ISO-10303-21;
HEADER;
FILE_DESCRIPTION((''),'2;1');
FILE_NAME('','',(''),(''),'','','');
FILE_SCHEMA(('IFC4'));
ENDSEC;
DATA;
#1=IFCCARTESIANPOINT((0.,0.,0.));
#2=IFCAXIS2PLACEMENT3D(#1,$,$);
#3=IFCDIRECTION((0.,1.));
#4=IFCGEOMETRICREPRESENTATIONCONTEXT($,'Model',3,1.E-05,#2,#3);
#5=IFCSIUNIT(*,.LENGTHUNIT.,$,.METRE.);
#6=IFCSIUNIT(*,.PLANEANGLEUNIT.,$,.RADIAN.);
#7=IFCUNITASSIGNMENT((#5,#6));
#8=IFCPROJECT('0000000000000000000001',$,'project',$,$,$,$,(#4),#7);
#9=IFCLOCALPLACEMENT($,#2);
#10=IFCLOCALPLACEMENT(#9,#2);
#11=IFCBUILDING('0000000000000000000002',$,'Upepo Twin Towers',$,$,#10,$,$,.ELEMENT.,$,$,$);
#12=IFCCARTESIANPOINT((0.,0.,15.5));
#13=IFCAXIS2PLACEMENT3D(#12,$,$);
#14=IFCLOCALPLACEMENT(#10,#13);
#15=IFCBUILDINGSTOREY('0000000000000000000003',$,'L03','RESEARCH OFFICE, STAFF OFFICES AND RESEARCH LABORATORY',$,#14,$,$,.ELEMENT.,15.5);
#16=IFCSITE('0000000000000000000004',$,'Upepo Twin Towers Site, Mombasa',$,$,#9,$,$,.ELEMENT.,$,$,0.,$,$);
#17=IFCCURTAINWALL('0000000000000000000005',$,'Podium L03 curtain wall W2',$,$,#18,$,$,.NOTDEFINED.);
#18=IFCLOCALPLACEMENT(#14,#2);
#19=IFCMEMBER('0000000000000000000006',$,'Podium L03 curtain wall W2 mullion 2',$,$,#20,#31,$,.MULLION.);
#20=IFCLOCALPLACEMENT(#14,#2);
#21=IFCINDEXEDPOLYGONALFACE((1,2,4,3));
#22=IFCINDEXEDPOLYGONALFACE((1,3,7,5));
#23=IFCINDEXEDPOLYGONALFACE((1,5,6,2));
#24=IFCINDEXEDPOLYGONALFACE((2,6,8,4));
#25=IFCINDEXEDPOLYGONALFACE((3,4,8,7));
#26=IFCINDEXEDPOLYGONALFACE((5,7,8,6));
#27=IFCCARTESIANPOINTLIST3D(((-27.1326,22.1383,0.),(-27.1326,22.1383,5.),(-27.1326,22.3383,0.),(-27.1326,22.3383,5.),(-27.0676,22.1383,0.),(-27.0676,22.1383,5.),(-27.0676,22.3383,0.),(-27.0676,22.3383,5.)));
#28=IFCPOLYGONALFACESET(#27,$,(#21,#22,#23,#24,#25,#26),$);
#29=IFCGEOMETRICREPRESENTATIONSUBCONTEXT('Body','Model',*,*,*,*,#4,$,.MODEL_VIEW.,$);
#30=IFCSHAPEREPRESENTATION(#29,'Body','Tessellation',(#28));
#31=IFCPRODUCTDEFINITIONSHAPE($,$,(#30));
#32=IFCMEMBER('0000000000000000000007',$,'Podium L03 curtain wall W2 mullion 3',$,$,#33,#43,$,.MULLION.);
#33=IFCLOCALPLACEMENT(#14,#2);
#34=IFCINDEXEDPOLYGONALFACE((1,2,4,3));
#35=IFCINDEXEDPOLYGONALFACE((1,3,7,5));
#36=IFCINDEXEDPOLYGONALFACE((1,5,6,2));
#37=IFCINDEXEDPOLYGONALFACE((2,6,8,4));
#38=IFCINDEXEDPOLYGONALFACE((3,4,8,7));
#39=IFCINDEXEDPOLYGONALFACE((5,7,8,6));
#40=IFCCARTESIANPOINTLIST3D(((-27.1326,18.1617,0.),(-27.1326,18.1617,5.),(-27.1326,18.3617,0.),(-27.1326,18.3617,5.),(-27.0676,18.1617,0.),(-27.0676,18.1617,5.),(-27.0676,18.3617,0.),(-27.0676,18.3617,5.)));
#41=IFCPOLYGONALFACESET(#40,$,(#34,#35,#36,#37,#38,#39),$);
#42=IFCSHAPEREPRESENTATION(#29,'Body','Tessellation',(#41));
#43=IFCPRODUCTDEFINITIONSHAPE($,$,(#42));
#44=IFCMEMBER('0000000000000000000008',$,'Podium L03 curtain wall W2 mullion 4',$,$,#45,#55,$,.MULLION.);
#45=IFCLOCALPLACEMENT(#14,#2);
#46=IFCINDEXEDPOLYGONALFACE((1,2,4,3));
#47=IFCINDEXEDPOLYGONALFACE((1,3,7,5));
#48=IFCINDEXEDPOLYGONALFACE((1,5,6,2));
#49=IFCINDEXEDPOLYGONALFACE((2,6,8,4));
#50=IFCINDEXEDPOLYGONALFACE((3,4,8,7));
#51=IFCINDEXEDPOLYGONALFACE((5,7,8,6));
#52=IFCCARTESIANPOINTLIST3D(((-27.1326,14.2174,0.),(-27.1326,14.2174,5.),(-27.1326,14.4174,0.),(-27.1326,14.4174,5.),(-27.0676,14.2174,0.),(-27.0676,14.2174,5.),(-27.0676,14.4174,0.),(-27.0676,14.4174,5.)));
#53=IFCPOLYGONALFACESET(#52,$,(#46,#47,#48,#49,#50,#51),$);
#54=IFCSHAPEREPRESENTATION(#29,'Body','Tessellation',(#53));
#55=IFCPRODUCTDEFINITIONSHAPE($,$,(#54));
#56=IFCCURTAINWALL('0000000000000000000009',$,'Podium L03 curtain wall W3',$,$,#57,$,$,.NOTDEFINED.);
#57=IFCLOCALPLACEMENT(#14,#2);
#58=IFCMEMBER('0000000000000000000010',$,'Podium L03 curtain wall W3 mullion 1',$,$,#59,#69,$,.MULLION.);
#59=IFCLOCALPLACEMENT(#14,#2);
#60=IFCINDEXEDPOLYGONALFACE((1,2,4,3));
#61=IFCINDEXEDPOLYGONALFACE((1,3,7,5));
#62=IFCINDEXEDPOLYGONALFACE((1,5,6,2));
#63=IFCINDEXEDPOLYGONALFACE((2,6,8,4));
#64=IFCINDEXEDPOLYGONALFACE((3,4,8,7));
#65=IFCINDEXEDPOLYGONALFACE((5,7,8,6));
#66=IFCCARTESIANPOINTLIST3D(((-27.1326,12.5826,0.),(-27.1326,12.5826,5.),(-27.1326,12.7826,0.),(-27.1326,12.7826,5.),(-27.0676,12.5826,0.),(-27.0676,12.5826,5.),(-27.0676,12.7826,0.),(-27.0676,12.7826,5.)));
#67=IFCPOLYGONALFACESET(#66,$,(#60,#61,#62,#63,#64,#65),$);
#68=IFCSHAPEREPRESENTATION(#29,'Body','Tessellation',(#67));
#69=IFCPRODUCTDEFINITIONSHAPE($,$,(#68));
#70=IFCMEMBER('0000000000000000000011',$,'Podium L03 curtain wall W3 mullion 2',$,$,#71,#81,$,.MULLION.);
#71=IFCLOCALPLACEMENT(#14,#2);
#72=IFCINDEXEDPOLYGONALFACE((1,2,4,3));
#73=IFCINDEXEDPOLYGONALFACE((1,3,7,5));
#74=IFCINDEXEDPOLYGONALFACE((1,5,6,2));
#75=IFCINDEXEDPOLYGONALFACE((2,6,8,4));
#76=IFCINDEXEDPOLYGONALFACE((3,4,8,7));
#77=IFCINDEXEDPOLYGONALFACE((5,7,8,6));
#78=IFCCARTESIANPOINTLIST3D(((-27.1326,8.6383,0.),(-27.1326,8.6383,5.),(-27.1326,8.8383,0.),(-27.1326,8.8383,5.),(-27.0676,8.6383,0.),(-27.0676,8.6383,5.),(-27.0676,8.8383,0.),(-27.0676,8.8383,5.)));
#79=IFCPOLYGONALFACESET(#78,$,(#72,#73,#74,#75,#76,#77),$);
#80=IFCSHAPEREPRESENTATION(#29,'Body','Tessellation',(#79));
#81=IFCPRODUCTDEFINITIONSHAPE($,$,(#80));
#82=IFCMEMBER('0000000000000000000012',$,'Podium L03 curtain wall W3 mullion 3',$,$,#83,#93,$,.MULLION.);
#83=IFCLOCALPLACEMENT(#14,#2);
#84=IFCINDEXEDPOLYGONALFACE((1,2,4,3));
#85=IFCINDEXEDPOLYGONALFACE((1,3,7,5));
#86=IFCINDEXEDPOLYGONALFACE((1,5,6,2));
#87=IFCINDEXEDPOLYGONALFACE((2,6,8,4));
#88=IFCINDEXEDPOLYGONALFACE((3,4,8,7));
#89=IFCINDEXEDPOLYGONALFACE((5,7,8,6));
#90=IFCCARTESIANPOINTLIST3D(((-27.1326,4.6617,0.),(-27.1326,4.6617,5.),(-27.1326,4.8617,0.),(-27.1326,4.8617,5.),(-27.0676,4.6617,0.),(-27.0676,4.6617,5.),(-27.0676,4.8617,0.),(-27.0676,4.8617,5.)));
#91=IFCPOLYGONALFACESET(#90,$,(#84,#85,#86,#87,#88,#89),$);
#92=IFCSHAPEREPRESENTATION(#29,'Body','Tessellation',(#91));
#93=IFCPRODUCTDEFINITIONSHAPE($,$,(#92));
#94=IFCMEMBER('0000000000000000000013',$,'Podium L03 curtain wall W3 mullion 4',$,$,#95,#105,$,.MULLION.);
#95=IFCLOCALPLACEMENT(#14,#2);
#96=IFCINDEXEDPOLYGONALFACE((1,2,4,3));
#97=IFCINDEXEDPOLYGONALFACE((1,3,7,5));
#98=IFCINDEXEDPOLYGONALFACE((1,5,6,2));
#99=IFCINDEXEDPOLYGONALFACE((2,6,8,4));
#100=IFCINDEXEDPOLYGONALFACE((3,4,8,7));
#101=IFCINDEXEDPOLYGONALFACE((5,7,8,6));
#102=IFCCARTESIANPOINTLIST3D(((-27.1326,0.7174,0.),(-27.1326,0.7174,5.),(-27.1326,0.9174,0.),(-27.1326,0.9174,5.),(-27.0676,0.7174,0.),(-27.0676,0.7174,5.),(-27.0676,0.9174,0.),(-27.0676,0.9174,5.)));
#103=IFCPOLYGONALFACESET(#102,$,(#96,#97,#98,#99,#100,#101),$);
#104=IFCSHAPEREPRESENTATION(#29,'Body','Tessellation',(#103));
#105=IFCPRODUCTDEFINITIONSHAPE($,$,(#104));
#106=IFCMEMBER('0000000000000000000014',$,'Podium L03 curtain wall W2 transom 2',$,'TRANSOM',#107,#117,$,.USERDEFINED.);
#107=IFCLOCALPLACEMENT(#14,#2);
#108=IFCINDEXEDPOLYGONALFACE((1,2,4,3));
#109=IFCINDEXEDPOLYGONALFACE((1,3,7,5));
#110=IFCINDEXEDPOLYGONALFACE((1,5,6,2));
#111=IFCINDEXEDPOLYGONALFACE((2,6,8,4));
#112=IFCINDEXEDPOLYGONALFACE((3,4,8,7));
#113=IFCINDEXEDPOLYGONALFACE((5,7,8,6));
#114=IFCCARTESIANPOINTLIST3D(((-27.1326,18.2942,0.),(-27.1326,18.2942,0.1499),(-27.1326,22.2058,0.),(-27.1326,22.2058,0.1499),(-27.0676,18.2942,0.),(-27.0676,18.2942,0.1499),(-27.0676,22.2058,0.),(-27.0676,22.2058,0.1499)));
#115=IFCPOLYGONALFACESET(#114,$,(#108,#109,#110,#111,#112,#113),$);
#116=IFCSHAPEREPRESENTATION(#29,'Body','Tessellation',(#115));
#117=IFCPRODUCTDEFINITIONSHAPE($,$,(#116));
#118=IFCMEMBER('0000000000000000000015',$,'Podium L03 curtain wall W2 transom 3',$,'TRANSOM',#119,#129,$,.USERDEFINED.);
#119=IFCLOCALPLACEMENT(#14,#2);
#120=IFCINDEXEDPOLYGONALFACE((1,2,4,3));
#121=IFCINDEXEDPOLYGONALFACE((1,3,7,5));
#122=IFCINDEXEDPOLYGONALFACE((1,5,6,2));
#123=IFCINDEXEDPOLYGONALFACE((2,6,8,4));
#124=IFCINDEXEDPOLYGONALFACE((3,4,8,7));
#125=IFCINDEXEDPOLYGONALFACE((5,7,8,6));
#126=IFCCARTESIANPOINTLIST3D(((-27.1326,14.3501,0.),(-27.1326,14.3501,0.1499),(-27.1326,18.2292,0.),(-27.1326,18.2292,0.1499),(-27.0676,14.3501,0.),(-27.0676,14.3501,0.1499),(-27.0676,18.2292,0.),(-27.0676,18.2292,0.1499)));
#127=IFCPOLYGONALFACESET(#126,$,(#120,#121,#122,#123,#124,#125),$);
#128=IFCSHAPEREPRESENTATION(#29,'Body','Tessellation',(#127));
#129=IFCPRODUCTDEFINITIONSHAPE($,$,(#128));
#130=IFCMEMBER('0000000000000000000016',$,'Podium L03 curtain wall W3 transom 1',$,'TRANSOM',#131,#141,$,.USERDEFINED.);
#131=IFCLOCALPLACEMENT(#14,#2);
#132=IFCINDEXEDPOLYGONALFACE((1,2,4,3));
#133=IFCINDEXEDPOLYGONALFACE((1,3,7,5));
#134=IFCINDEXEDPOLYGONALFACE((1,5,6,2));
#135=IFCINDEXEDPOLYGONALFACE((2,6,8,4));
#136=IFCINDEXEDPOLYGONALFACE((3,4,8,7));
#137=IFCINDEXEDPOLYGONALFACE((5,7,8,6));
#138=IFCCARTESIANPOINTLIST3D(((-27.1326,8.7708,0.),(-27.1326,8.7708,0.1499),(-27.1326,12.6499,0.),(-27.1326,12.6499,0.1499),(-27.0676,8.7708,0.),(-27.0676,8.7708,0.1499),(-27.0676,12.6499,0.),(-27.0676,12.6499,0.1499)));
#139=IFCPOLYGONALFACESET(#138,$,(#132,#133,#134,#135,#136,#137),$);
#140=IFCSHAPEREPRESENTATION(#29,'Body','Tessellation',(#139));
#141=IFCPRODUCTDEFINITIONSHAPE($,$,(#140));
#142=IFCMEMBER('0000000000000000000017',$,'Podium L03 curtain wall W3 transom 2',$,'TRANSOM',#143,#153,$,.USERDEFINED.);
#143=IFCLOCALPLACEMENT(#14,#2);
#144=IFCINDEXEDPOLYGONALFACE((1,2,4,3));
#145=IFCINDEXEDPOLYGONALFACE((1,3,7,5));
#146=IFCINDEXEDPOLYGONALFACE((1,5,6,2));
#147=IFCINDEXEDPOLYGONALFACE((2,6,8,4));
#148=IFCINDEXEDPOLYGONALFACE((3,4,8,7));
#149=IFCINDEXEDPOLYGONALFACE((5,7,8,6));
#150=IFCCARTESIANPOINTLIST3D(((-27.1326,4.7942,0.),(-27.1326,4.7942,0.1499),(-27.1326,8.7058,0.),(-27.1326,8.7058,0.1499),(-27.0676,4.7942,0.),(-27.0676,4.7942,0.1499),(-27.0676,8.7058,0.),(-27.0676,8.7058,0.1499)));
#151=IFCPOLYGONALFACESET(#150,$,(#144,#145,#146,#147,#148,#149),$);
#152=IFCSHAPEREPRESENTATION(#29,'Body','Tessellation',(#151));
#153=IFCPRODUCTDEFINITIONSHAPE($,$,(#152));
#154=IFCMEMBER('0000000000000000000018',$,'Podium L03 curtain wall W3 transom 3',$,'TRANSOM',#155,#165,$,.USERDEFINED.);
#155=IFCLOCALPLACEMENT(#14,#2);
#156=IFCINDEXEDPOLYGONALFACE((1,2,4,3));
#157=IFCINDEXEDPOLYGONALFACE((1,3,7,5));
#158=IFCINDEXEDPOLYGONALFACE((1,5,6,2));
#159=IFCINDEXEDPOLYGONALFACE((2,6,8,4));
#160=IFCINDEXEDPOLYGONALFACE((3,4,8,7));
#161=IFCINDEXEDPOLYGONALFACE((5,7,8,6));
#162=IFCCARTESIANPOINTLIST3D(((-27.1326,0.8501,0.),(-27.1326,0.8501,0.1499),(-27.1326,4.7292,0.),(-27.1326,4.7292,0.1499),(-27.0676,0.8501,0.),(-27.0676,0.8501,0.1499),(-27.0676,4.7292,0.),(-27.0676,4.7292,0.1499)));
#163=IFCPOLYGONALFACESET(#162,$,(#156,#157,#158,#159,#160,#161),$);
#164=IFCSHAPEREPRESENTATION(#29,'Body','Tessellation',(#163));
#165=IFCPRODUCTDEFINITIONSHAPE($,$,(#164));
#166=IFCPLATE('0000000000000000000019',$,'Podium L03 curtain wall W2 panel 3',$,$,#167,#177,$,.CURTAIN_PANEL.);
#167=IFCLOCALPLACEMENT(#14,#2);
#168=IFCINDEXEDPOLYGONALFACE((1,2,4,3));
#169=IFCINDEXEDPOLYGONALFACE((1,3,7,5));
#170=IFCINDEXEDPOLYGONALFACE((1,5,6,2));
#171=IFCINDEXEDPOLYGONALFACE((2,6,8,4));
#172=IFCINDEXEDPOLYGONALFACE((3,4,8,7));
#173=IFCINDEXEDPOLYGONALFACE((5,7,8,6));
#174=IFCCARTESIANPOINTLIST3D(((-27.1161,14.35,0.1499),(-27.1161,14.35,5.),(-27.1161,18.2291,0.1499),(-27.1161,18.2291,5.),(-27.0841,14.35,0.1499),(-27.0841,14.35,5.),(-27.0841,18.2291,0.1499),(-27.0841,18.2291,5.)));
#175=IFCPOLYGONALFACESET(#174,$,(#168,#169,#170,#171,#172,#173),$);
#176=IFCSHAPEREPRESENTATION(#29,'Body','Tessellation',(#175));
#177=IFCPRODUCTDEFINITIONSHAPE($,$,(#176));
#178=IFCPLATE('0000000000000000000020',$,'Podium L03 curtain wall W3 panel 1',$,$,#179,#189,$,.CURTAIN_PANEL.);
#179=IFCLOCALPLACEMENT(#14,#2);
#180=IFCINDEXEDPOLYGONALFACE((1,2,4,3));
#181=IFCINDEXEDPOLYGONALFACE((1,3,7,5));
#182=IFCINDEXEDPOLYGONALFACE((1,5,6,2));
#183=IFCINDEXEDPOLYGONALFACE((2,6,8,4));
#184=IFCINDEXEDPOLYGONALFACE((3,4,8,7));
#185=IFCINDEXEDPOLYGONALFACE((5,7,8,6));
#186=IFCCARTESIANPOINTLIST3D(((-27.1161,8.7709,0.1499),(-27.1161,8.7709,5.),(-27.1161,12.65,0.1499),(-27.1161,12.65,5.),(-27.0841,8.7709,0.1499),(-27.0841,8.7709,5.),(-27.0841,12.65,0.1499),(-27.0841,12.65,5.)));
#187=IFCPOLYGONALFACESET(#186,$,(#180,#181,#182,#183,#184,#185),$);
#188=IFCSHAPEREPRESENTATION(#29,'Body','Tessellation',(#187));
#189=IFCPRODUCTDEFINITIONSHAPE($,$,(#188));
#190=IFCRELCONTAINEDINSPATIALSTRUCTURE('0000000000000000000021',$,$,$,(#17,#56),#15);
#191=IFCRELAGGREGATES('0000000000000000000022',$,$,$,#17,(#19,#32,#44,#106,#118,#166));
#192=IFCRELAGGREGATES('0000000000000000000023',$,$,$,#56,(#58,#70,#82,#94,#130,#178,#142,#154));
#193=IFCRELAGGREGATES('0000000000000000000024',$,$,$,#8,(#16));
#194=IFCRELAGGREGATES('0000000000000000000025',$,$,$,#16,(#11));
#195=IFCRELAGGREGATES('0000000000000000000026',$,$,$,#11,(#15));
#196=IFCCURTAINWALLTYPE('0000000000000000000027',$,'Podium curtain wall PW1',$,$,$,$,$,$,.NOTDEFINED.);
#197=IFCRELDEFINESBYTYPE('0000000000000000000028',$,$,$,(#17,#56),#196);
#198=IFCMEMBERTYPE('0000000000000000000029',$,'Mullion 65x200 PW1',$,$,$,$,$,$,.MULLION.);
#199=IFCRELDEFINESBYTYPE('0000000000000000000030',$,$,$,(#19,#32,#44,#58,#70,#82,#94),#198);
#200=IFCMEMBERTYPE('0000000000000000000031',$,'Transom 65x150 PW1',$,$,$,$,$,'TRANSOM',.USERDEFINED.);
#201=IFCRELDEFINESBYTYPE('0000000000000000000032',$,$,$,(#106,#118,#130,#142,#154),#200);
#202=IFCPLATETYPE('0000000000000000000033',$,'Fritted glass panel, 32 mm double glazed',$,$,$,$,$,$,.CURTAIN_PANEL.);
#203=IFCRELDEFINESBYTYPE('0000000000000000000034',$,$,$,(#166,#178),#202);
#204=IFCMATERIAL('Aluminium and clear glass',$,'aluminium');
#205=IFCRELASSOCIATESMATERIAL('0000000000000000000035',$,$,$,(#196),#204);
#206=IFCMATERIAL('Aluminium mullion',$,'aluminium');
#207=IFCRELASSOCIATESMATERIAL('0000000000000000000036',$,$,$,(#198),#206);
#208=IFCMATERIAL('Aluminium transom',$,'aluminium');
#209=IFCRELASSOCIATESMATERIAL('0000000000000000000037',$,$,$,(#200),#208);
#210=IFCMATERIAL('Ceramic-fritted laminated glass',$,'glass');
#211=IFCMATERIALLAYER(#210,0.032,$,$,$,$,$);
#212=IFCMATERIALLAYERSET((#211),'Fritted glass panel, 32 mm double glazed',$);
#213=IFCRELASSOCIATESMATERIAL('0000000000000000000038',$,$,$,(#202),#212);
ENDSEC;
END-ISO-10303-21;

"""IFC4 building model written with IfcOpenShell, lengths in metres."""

from ifc_helpers import new_model, si_unit, direction, frame, origin, origin_2d, place, context, subcontext, project, spatial, rectangle, extrude, material, layer, layer_set, material_profile, profile_set, type_object, element, aggregate, save


model = new_model("IFC4")

# Units and contexts
model_context = context("Model", 3, precision=1e-05, world=origin(), true_north=direction((0.0, 1.0)))
body_context = subcontext(model_context, "Body", "Model", "MODEL_VIEW")
ifc_project = project(units=[si_unit("LENGTHUNIT", "METRE"), si_unit("PLANEANGLEUNIT", "RADIAN")], contexts=[model_context])

# Site, building, storey
site_placement = place(None, origin())
site = spatial("IfcSite", under=ifc_project, at=site_placement, Name="Upepo Twin Towers Site, Mombasa", CompositionType="ELEMENT", RefElevation=0.0)
building_placement = place(site_placement, origin())
building = spatial("IfcBuilding", under=site, at=building_placement, Name="Upepo Twin Towers", CompositionType="ELEMENT")
storey_placement = place(building_placement, frame((0.0, 0.0, 15.5)))
storey = spatial("IfcBuildingStorey", under=building, at=storey_placement, Name="L03", Description="RESEARCH OFFICE, STAFF OFFICES AND RESEARCH LABORATORY", CompositionType="ELEMENT", Elevation=15.5)

# Curtain walls, members
ifc_material_1 = material(Name="Aluminium and clear glass", Category="aluminium")
curtain_wall_type = type_object("IfcCurtainWallType", Name="Podium curtain wall PW1", PredefinedType="NOTDEFINED", material=ifc_material_1)
curtain_wall_1_placement = place(storey_placement, origin())
curtain_wall_1 = element("IfcCurtainWall", 1, at=curtain_wall_1_placement, inside=storey, type_object=curtain_wall_type, Name="Podium L03 curtain wall W2", PredefinedType="NOTDEFINED")
ifc_material_2 = material(Name="Aluminium mullion", Category="aluminium")
ifc_material_profile_1 = material_profile(ifc_material_2, rectangle(XDim=0.0649, YDim=0.2, at=origin_2d()), Name="MULLION 65x200 PODIUM")
ifc_profile_set_1 = profile_set([ifc_material_profile_1], Name="Aluminium mullion")
member_type_1 = type_object("IfcMemberType", Name="Mullion 65x200 PW1", PredefinedType="MULLION", material=ifc_profile_set_1)
member_1_placement = place(storey_placement, frame((-27.1001, 22.2383, 0.0), z_axis=(0.0, 0.0, 1.0), x_axis=(1.0, 0.0, 0.0)))
member_1 = element("IfcMember", 2, at=member_1_placement, type_object=member_type_1, Name="Podium L03 curtain wall W2 mullion 2", PredefinedType="MULLION", context=body_context, shape_type="SweptSolid", body=[
    extrude(rectangle(XDim=0.0649, YDim=0.2, at=origin_2d()), origin(), (0.0, 0.0, 1.0), 5.0),
])
member_2_placement = place(storey_placement, frame((-27.1001, 18.2617, 0.0), z_axis=(0.0, 0.0, 1.0), x_axis=(1.0, 0.0, 0.0)))
member_2 = element("IfcMember", 3, at=member_2_placement, type_object=member_type_1, Name="Podium L03 curtain wall W2 mullion 3", PredefinedType="MULLION", context=body_context, shape_type="SweptSolid", body=[
    extrude(rectangle(XDim=0.0649, YDim=0.2, at=origin_2d()), origin(), (0.0, 0.0, 1.0), 5.0),
])
member_3_placement = place(storey_placement, frame((-27.1001, 14.3174, 0.0), z_axis=(0.0, 0.0, 1.0), x_axis=(1.0, 0.0, 0.0)))
member_3 = element("IfcMember", 4, at=member_3_placement, type_object=member_type_1, Name="Podium L03 curtain wall W2 mullion 4", PredefinedType="MULLION", context=body_context, shape_type="SweptSolid", body=[
    extrude(rectangle(XDim=0.0649, YDim=0.2, at=origin_2d()), origin(), (0.0, 0.0, 1.0), 5.0),
])
curtain_wall_2_placement = place(storey_placement, origin())
curtain_wall_2 = element("IfcCurtainWall", 5, at=curtain_wall_2_placement, inside=storey, type_object=curtain_wall_type, Name="Podium L03 curtain wall W3", PredefinedType="NOTDEFINED")
member_4_placement = place(storey_placement, frame((-27.1001, 12.6826, 0.0), z_axis=(0.0, 0.0, 1.0), x_axis=(1.0, 0.0, 0.0)))
member_4 = element("IfcMember", 6, at=member_4_placement, type_object=member_type_1, Name="Podium L03 curtain wall W3 mullion 1", PredefinedType="MULLION", context=body_context, shape_type="SweptSolid", body=[
    extrude(rectangle(XDim=0.0649, YDim=0.2, at=origin_2d()), origin(), (0.0, 0.0, 1.0), 5.0),
])
member_5_placement = place(storey_placement, frame((-27.1001, 8.7383, 0.0), z_axis=(0.0, 0.0, 1.0), x_axis=(1.0, 0.0, 0.0)))
member_5 = element("IfcMember", 7, at=member_5_placement, type_object=member_type_1, Name="Podium L03 curtain wall W3 mullion 2", PredefinedType="MULLION", context=body_context, shape_type="SweptSolid", body=[
    extrude(rectangle(XDim=0.0649, YDim=0.2, at=origin_2d()), origin(), (0.0, 0.0, 1.0), 5.0),
])
member_6_placement = place(storey_placement, frame((-27.1001, 4.7617, 0.0), z_axis=(0.0, 0.0, 1.0), x_axis=(1.0, 0.0, 0.0)))
member_6 = element("IfcMember", 8, at=member_6_placement, type_object=member_type_1, Name="Podium L03 curtain wall W3 mullion 3", PredefinedType="MULLION", context=body_context, shape_type="SweptSolid", body=[
    extrude(rectangle(XDim=0.0649, YDim=0.2, at=origin_2d()), origin(), (0.0, 0.0, 1.0), 5.0),
])
member_7_placement = place(storey_placement, frame((-27.1001, 0.8174, 0.0), z_axis=(0.0, 0.0, 1.0), x_axis=(1.0, 0.0, 0.0)))
member_7 = element("IfcMember", 9, at=member_7_placement, type_object=member_type_1, Name="Podium L03 curtain wall W3 mullion 4", PredefinedType="MULLION", context=body_context, shape_type="SweptSolid", body=[
    extrude(rectangle(XDim=0.0649, YDim=0.2, at=origin_2d()), origin(), (0.0, 0.0, 1.0), 5.0),
])

# Members
ifc_material_3 = material(Name="Aluminium transom", Category="aluminium")
ifc_material_profile_2 = material_profile(ifc_material_3, rectangle(XDim=0.0649, YDim=0.1499, at=origin_2d()), Name="TRANSOM 65x150 PODIUM")
ifc_profile_set_2 = profile_set([ifc_material_profile_2], Name="Aluminium transom")
member_type_2 = type_object("IfcMemberType", Name="Transom 65x150 PW1", ElementType="TRANSOM", PredefinedType="USERDEFINED", material=ifc_profile_set_2)
member_8_placement = place(storey_placement, frame((-27.1001, 22.2058, 0.075), z_axis=(0.0, -1.0, 0.0), x_axis=(1.0, 0.0, 0.0)))
member_8 = element("IfcMember", 10, at=member_8_placement, type_object=member_type_2, Name="Podium L03 curtain wall W2 transom 2", ObjectType="TRANSOM", PredefinedType="USERDEFINED", context=body_context, shape_type="SweptSolid", body=[
    extrude(rectangle(XDim=0.0649, YDim=0.1499, at=origin_2d()), origin(), (0.0, 0.0, 1.0), 3.9116),
])
member_9_placement = place(storey_placement, frame((-27.1001, 18.2292, 0.075), z_axis=(0.0, -1.0, 0.0), x_axis=(1.0, 0.0, 0.0)))
member_9 = element("IfcMember", 11, at=member_9_placement, type_object=member_type_2, Name="Podium L03 curtain wall W2 transom 3", ObjectType="TRANSOM", PredefinedType="USERDEFINED", context=body_context, shape_type="SweptSolid", body=[
    extrude(rectangle(XDim=0.0649, YDim=0.1499, at=origin_2d()), origin(), (0.0, 0.0, 1.0), 3.8792),
])
member_10_placement = place(storey_placement, frame((-27.1001, 12.6499, 0.075), z_axis=(0.0, -1.0, 0.0), x_axis=(1.0, 0.0, 0.0)))
member_10 = element("IfcMember", 12, at=member_10_placement, type_object=member_type_2, Name="Podium L03 curtain wall W3 transom 1", ObjectType="TRANSOM", PredefinedType="USERDEFINED", context=body_context, shape_type="SweptSolid", body=[
    extrude(rectangle(XDim=0.0649, YDim=0.1499, at=origin_2d()), origin(), (0.0, 0.0, 1.0), 3.8792),
])
member_11_placement = place(storey_placement, frame((-27.1001, 8.7058, 0.075), z_axis=(0.0, -1.0, 0.0), x_axis=(1.0, 0.0, 0.0)))
member_11 = element("IfcMember", 13, at=member_11_placement, type_object=member_type_2, Name="Podium L03 curtain wall W3 transom 2", ObjectType="TRANSOM", PredefinedType="USERDEFINED", context=body_context, shape_type="SweptSolid", body=[
    extrude(rectangle(XDim=0.0649, YDim=0.1499, at=origin_2d()), origin(), (0.0, 0.0, 1.0), 3.9116),
])
member_12_placement = place(storey_placement, frame((-27.1001, 4.7292, 0.075), z_axis=(0.0, -1.0, 0.0), x_axis=(1.0, 0.0, 0.0)))
member_12 = element("IfcMember", 14, at=member_12_placement, type_object=member_type_2, Name="Podium L03 curtain wall W3 transom 3", ObjectType="TRANSOM", PredefinedType="USERDEFINED", context=body_context, shape_type="SweptSolid", body=[
    extrude(rectangle(XDim=0.0649, YDim=0.1499, at=origin_2d()), origin(), (0.0, 0.0, 1.0), 3.8792),
])

# Plates
ifc_material_4 = material(Name="Ceramic-fritted laminated glass", Category="glass")
ifc_layer_1 = layer(ifc_material_4, 0.032)
ifc_layer_set_1 = layer_set([ifc_layer_1], Name="Fritted glass panel, 32 mm double glazed")
plate_type_1 = type_object("IfcPlateType", Name="Fritted glass panel, 32 mm double glazed", PredefinedType="CURTAIN_PANEL", material=ifc_layer_set_1)
plate_1_placement = place(storey_placement, frame((-27.1001, 16.2896, 0.1499), z_axis=(0.0, 0.0, 1.0), x_axis=(0.0, -1.0, 0.0)))
plate_1 = element("IfcPlate", 15, at=plate_1_placement, type_object=plate_type_1, Name="Podium L03 curtain wall W2 panel 3", PredefinedType="CURTAIN_PANEL", context=body_context, shape_type="SweptSolid", body=[
    extrude(rectangle(XDim=3.8792, YDim=0.032, at=origin_2d()), origin(), (0.0, 0.0, 1.0), 4.8501),
])
plate_2_placement = place(storey_placement, frame((-27.1001, 10.7104, 0.1499), z_axis=(0.0, 0.0, 1.0), x_axis=(0.0, -1.0, 0.0)))
plate_2 = element("IfcPlate", 16, at=plate_2_placement, type_object=plate_type_1, Name="Podium L03 curtain wall W3 panel 1", PredefinedType="CURTAIN_PANEL", context=body_context, shape_type="SweptSolid", body=[
    extrude(rectangle(XDim=3.8792, YDim=0.032, at=origin_2d()), origin(), (0.0, 0.0, 1.0), 4.8501),
])
aggregate(curtain_wall_1, [member_1, member_2, member_3, member_8, member_9, plate_1])
aggregate(curtain_wall_2, [member_4, member_5, member_6, member_7, member_10, plate_2, member_11, member_12])

save(model, "model.ifc")
